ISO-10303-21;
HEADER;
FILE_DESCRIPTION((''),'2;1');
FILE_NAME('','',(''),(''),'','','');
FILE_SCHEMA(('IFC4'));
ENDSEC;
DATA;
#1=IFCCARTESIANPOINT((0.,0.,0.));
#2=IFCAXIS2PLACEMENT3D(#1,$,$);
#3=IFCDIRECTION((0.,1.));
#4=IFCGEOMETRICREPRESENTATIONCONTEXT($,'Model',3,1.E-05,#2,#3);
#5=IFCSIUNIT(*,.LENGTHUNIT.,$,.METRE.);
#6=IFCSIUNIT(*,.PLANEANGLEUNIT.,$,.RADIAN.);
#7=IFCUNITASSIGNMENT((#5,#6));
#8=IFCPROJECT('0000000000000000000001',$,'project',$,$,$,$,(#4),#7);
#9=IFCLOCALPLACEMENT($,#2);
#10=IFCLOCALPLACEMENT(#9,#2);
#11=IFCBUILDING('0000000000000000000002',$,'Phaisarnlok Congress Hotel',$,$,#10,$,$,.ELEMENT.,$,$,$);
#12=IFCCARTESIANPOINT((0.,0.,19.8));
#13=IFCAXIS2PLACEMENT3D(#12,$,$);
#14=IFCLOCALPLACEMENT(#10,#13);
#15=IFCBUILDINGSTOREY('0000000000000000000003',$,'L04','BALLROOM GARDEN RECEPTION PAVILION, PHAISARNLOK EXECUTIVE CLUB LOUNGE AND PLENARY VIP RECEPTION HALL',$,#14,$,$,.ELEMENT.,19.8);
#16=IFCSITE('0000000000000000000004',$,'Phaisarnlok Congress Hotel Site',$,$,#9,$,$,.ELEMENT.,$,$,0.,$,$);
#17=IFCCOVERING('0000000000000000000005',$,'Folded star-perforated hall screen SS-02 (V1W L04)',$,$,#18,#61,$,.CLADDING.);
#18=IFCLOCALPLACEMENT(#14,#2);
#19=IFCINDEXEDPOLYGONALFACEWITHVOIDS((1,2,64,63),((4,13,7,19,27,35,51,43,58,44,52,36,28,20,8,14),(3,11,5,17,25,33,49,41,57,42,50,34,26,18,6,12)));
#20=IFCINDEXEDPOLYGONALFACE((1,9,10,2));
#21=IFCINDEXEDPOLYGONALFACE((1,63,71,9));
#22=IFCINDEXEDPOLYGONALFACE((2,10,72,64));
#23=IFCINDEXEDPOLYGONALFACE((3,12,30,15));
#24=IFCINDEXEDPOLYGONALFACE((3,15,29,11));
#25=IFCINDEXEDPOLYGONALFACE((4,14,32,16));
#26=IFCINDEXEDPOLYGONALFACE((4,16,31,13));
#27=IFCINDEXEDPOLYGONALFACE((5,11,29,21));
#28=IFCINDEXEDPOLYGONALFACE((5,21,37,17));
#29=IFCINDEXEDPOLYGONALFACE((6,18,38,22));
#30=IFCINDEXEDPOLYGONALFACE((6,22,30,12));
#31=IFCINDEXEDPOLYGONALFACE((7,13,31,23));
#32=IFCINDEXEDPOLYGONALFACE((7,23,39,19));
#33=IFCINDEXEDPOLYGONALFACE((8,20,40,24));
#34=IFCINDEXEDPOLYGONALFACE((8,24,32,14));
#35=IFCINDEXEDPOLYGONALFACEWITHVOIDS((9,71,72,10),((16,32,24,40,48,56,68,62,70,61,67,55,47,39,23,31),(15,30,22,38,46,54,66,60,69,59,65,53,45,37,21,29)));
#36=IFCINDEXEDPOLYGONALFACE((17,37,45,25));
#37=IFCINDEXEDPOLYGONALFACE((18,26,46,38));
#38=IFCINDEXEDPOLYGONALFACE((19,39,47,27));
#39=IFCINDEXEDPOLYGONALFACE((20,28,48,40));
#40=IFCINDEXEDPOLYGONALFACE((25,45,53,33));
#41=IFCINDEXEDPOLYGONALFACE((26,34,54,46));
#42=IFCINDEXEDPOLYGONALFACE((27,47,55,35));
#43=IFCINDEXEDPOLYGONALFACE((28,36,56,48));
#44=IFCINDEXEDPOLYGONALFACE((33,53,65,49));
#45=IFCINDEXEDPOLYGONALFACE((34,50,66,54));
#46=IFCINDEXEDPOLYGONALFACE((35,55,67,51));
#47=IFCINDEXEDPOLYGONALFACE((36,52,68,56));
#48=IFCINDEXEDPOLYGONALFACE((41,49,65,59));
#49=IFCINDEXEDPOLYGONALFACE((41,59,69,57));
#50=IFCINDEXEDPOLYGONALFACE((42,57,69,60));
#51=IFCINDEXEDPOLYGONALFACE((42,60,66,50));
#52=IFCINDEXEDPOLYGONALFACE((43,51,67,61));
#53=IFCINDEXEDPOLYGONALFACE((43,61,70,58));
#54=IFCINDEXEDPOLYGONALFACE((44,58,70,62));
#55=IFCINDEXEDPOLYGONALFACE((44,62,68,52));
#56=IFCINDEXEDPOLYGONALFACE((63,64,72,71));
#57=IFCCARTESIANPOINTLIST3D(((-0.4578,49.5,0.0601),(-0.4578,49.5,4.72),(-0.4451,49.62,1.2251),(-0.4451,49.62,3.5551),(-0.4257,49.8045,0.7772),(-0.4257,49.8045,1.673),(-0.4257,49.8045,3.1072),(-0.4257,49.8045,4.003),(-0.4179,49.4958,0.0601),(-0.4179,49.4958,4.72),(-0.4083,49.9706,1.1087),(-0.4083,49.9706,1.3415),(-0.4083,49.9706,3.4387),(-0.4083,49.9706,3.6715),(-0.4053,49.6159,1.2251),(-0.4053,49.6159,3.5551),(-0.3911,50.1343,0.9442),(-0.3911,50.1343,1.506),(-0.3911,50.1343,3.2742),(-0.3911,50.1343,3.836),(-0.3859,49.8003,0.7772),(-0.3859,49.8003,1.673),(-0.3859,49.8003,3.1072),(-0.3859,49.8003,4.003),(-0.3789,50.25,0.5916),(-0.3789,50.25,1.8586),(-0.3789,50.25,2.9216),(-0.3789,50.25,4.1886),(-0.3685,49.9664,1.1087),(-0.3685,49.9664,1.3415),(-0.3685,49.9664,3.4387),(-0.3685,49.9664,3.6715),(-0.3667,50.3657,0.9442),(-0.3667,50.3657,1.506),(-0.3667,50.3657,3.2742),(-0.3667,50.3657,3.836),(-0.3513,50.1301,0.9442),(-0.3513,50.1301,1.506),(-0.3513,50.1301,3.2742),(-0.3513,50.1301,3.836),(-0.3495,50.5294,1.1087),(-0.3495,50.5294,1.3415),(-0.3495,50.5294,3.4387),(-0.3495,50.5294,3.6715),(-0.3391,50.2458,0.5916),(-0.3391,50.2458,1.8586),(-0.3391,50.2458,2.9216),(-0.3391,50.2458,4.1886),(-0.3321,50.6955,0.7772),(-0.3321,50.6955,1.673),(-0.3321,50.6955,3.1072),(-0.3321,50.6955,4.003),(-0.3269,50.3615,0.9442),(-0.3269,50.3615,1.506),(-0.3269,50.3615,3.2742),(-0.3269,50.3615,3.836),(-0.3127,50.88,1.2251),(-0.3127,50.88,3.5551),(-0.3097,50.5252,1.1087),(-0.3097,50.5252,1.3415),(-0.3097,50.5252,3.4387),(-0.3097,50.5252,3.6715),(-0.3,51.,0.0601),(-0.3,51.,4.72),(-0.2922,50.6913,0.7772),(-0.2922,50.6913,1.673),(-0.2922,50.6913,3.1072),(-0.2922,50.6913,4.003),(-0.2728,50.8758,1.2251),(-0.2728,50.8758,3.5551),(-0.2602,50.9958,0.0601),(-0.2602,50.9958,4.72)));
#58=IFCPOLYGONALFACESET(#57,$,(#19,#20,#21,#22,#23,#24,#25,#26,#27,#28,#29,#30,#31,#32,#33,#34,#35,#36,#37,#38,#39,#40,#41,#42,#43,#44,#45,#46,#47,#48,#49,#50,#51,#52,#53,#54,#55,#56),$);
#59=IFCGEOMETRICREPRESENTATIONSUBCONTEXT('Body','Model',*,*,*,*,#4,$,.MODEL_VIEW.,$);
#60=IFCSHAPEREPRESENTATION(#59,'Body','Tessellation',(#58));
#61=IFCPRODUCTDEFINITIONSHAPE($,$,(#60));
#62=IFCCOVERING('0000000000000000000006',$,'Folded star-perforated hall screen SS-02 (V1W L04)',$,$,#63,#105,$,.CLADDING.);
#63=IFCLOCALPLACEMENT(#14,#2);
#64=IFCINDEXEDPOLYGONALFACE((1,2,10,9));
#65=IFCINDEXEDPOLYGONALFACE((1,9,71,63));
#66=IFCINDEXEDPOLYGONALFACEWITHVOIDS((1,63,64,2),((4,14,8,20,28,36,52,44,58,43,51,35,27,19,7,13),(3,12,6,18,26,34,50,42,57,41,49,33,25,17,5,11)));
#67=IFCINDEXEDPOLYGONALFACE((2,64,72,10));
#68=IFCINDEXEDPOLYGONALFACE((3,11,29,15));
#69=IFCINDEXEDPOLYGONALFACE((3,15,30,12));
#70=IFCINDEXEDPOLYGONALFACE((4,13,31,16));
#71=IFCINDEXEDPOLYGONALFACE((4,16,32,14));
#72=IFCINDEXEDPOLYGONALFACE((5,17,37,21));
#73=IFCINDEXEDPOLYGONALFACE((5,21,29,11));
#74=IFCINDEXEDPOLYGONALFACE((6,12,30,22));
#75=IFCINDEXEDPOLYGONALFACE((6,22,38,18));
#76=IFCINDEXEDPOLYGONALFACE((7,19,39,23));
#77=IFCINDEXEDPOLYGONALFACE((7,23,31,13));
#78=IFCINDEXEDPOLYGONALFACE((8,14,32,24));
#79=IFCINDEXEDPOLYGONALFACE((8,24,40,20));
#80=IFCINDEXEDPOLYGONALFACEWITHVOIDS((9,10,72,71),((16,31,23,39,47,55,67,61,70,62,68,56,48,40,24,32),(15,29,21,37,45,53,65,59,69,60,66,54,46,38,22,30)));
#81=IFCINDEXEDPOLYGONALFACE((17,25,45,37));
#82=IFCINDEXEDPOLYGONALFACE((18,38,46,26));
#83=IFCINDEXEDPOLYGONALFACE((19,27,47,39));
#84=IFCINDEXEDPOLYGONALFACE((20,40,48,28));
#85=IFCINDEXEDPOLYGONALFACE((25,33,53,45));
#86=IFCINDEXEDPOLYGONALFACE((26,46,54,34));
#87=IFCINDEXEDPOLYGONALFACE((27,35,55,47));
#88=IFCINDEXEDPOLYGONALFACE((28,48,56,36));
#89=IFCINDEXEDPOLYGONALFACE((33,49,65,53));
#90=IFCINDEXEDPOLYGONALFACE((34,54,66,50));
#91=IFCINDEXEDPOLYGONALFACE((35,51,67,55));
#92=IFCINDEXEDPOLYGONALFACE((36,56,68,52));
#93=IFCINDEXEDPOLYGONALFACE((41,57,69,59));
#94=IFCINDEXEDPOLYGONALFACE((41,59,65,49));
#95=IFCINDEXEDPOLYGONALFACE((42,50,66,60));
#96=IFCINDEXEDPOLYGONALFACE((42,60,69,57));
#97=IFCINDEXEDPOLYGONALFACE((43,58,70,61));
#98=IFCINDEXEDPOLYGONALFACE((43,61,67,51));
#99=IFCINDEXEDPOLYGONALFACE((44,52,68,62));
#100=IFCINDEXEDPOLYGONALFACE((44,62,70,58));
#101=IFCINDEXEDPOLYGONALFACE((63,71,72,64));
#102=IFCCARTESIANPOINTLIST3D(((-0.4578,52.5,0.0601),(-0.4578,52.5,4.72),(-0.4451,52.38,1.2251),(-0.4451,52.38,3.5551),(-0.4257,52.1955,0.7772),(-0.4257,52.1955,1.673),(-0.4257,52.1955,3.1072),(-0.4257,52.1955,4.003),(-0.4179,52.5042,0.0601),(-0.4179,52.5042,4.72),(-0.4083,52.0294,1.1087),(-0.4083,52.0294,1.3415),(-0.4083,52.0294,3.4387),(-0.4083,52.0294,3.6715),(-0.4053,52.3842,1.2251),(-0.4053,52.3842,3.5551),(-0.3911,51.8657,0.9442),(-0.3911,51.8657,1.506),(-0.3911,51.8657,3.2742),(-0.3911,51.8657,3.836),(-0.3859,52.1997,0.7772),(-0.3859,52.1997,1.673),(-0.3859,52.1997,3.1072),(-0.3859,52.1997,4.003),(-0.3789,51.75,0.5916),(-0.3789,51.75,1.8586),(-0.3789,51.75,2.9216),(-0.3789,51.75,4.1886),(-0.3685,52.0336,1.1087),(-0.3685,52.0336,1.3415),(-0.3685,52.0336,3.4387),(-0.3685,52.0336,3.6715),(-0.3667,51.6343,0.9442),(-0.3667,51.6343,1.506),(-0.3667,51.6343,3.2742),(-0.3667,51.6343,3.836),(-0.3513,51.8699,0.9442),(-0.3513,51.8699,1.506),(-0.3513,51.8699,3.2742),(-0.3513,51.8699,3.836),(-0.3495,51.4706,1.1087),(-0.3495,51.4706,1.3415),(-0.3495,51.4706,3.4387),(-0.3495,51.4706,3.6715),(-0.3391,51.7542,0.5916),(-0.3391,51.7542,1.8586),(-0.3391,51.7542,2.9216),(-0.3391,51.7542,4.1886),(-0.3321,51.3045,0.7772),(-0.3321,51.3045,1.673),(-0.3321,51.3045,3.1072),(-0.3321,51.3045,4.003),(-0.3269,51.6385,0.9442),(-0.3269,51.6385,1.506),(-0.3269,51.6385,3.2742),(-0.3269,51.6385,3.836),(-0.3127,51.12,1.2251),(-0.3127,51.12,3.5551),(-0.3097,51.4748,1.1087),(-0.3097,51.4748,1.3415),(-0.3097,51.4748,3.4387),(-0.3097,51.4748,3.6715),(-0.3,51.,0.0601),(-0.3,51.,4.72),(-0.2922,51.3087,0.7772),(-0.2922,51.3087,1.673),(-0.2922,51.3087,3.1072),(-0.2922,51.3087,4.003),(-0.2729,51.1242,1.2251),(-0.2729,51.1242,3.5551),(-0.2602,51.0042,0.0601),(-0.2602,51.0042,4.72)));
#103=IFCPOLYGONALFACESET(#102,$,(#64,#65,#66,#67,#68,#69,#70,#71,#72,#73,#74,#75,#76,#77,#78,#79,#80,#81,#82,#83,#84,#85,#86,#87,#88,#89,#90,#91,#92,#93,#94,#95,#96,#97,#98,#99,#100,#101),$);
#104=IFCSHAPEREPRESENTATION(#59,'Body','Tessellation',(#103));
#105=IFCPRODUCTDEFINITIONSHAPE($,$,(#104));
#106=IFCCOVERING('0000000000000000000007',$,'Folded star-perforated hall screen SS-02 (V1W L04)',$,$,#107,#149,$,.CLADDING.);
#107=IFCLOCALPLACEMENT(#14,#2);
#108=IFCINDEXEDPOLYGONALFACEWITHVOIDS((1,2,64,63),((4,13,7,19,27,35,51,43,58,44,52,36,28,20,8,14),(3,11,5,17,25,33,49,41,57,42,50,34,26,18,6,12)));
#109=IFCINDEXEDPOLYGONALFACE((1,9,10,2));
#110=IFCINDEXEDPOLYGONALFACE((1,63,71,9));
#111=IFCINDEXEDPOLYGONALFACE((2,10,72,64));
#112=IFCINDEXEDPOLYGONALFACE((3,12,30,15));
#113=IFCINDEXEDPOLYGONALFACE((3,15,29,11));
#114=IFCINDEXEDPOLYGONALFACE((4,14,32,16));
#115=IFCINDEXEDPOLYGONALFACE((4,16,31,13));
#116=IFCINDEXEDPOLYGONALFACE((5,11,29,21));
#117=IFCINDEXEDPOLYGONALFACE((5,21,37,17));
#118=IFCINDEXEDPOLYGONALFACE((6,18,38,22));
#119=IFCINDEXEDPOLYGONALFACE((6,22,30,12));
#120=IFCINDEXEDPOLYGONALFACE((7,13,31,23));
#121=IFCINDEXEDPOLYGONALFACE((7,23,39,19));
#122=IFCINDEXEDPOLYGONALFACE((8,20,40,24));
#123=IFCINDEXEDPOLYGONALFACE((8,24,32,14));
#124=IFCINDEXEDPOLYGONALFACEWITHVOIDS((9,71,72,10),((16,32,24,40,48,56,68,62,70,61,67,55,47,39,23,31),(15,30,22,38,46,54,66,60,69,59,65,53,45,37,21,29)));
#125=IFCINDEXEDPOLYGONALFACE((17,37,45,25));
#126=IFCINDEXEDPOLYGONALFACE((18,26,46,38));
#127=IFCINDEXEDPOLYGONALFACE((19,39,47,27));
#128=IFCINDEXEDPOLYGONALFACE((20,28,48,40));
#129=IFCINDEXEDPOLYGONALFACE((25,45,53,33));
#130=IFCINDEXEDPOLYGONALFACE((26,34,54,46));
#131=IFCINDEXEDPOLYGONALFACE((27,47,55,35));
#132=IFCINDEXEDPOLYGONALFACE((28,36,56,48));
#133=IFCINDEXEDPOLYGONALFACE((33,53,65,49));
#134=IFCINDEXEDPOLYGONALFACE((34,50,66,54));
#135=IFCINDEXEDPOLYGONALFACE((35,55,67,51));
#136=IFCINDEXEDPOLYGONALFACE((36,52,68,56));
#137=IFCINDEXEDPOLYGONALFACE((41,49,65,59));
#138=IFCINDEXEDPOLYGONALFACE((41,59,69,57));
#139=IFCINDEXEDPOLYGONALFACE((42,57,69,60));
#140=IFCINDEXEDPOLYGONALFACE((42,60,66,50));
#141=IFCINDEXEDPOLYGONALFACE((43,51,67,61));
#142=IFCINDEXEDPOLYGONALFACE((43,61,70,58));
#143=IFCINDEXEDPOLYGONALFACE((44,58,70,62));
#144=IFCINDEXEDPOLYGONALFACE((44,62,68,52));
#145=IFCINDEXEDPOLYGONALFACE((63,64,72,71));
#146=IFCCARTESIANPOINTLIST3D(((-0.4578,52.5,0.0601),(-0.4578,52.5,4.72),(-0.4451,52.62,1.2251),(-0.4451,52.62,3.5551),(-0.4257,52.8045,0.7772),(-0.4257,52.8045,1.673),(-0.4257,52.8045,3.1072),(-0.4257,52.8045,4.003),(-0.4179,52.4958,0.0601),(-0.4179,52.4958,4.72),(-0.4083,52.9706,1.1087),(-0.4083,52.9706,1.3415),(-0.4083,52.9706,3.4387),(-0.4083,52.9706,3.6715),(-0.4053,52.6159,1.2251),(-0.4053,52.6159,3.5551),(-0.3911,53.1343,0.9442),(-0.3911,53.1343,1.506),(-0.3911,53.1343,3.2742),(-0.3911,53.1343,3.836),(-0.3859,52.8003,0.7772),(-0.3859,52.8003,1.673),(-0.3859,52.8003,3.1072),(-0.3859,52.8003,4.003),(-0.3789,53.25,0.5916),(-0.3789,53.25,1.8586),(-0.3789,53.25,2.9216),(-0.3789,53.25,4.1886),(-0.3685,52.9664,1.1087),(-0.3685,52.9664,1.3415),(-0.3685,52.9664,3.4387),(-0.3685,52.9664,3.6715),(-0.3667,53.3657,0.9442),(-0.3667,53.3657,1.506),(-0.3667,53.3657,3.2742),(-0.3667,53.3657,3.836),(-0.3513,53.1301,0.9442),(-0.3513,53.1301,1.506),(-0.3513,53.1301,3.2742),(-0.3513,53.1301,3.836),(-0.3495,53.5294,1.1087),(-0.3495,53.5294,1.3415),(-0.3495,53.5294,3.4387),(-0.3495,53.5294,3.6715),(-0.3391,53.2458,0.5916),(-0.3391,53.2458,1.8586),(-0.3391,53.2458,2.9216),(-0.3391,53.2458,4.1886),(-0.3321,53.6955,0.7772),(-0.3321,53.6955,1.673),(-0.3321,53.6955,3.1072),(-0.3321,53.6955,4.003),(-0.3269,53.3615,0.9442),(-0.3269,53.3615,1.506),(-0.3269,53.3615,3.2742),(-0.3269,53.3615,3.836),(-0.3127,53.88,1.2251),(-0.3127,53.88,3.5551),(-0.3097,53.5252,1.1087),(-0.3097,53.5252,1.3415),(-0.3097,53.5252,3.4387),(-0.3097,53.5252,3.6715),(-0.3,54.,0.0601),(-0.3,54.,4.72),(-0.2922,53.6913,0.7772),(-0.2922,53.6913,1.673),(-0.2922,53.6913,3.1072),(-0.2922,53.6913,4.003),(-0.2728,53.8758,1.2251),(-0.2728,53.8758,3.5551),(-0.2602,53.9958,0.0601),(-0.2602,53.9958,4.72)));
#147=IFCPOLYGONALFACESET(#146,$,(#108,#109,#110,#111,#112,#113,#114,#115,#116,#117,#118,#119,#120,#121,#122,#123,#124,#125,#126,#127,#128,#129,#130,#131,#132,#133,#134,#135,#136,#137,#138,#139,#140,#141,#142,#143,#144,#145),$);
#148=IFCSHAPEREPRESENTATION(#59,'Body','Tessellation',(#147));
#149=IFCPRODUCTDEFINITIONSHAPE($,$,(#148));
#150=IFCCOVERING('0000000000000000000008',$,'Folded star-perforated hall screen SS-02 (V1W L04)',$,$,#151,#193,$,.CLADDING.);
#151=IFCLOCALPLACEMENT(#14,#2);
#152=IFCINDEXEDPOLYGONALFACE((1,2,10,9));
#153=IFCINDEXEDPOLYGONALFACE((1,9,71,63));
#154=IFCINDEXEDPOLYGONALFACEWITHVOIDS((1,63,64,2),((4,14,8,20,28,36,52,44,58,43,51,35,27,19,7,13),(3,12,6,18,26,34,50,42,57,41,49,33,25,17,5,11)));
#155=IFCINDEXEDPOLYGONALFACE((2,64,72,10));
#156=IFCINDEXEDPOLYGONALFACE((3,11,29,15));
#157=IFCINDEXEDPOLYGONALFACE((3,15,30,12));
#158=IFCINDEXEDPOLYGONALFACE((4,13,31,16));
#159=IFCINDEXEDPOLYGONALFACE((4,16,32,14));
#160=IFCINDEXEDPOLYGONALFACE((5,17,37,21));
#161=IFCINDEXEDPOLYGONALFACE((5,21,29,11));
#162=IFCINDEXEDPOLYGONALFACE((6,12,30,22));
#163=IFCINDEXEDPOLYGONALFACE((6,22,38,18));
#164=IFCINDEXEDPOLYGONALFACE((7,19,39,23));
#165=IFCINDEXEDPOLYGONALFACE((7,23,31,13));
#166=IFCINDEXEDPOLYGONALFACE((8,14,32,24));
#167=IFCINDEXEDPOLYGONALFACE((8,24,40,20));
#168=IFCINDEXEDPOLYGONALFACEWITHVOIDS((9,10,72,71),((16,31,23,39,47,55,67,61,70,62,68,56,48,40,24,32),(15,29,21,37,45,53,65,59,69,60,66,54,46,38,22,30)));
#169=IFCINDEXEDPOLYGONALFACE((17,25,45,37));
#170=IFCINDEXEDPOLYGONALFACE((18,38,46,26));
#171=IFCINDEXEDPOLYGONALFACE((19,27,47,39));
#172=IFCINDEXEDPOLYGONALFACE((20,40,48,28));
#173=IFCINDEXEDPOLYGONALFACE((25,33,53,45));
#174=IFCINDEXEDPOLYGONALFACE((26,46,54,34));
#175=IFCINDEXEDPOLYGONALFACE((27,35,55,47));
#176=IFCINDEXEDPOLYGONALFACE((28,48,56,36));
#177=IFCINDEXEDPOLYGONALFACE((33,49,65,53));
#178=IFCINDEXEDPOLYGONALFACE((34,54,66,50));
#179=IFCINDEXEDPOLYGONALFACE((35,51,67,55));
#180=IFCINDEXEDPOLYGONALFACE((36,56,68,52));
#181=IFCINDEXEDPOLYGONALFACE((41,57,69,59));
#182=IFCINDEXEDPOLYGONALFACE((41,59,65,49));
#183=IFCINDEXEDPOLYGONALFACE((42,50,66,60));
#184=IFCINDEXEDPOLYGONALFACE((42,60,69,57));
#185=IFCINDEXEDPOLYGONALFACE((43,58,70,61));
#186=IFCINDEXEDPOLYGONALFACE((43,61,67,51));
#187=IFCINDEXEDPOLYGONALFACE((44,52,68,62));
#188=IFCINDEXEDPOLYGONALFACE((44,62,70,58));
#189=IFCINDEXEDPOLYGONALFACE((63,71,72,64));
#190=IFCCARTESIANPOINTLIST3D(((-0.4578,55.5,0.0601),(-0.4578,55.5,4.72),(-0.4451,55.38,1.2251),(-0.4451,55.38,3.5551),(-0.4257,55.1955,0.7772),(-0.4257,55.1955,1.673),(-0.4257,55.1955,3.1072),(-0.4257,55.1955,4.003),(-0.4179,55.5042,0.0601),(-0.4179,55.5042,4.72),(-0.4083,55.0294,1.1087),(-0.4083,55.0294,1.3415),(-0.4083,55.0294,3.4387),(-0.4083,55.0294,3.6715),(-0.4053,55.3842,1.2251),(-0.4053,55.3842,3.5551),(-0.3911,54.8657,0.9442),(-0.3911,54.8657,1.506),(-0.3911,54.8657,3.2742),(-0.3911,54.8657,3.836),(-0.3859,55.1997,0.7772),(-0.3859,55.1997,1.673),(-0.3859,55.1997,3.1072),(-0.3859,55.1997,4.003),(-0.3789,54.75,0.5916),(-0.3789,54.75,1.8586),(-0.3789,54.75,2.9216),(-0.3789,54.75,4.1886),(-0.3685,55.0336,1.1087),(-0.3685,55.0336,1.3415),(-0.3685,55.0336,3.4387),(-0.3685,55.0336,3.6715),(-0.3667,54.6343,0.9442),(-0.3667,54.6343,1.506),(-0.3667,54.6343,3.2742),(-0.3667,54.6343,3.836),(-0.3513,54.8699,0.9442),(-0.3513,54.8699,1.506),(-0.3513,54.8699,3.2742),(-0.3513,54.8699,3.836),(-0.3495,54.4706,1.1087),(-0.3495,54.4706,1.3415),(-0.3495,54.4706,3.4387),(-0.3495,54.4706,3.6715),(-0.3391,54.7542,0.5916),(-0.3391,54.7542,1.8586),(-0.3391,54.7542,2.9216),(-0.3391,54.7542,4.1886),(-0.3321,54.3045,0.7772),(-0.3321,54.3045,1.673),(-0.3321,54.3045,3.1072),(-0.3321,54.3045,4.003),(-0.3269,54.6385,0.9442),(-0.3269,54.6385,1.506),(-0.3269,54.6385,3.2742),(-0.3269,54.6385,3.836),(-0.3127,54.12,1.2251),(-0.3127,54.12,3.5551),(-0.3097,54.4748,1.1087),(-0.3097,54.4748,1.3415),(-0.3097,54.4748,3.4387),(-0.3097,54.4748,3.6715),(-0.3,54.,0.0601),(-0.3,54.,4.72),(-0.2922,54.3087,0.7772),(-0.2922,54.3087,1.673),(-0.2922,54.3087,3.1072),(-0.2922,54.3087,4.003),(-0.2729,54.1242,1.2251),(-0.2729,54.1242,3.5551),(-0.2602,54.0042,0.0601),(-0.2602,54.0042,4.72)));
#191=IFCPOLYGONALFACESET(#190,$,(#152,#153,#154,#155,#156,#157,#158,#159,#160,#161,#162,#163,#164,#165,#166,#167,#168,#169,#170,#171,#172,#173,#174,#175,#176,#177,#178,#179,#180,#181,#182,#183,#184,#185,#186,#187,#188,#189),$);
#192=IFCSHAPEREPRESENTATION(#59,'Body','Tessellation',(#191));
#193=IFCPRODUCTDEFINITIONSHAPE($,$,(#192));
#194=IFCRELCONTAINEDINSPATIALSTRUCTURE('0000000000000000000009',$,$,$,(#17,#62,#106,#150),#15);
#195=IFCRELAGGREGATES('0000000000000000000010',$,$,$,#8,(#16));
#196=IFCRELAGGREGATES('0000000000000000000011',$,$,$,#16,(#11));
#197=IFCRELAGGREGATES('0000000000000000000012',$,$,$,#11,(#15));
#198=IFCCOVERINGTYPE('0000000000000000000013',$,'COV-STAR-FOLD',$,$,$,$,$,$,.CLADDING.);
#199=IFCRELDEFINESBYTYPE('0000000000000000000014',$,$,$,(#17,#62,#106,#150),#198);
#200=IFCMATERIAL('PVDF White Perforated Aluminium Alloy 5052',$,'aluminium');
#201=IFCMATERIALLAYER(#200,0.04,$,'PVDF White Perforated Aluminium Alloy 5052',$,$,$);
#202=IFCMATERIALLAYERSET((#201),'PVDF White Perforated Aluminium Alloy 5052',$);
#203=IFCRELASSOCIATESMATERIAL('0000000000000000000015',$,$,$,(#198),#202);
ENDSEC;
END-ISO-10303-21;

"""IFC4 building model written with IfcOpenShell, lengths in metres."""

from ifc_helpers import new_model, si_unit, direction, frame, origin, place, context, subcontext, project, spatial, polyline, outline, extrude, material, layer, layer_set, type_object, element, save


model = new_model("IFC4")

# Units and contexts
model_context = context("Model", 3, precision=1e-05, world=origin(), true_north=direction((0.0, 1.0)))
body_context = subcontext(model_context, "Body", "Model", "MODEL_VIEW")
ifc_project = project(units=[si_unit("LENGTHUNIT", "METRE"), si_unit("PLANEANGLEUNIT", "RADIAN")], contexts=[model_context])

# Site, building, storey
site_placement = place(None, origin())
site = spatial("IfcSite", under=ifc_project, at=site_placement, Name="Phaisarnlok Congress Hotel Site", CompositionType="ELEMENT", RefElevation=0.0)
building_placement = place(site_placement, origin())
building = spatial("IfcBuilding", under=site, at=building_placement, Name="Phaisarnlok Congress Hotel", CompositionType="ELEMENT")
storey_placement = place(building_placement, frame((0.0, 0.0, 19.8)))
storey = spatial("IfcBuildingStorey", under=building, at=storey_placement, Name="L04", Description="BALLROOM GARDEN RECEPTION PAVILION, PHAISARNLOK EXECUTIVE CLUB LOUNGE AND PLENARY VIP RECEPTION HALL", CompositionType="ELEMENT", Elevation=19.8)

# Coverings
ifc_material_1 = material(Name="PVDF White Perforated Aluminium Alloy 5052", Category="aluminium")
ifc_layer_1 = layer(ifc_material_1, 0.04, Name="PVDF White Perforated Aluminium Alloy 5052")
ifc_layer_set_1 = layer_set([ifc_layer_1], Name="PVDF White Perforated Aluminium Alloy 5052")
covering_type = type_object("IfcCoveringType", Name="COV-STAR-FOLD", PredefinedType="CLADDING", material=ifc_layer_set_1)
for number, where, z_axis, x_axis, name in (
    (1, (-0.4578, 49.5, 0.0601), (0.994518, -0.104567, 0.0), (0.104567, 0.994518, 0.0), "Folded star-perforated hall screen SS-02 (V1W L04)"),
    (2, (-0.3, 51.0, 0.0601), (0.994518, 0.104567, 0.0), (-0.104567, 0.994518, 0.0), "Folded star-perforated hall screen SS-02 (V1W L04)"),
    (3, (-0.4578, 52.5, 0.0601), (0.994518, -0.104567, 0.0), (0.104567, 0.994518, 0.0), "Folded star-perforated hall screen SS-02 (V1W L04)"),
    (4, (-0.3, 54.0, 0.0601), (0.994518, 0.104567, 0.0), (-0.104567, 0.994518, 0.0), "Folded star-perforated hall screen SS-02 (V1W L04)"),
):
    element("IfcCovering", number, at=place(storey_placement, frame(where, z_axis=z_axis, x_axis=x_axis)), inside=storey, type_object=covering_type, Name=name, PredefinedType="CLADDING", context=body_context, shape_type="SweptSolid", body=[
        extrude(outline(polyline([(0.0, 0.0), (1.5083, 0.0), (1.5083, 4.6599), (0.0, 4.6599), (0.0, 0.0)]), holes=[polyline([(1.0351, 1.0486), (1.2021, 0.7171), (0.8705, 0.8841), (0.7541, 0.5315), (0.6378, 0.8841), (0.3062, 0.7171), (0.4732, 1.0486), (0.1207, 1.165), (0.4732, 1.2814), (0.3062, 1.6129), (0.6378, 1.4459), (0.7541, 1.7985), (0.8705, 1.4459), (1.2021, 1.6129), (1.0351, 1.2814), (1.3876, 1.165), (1.0351, 1.0486)]), polyline([(1.0351, 3.3786), (1.2021, 3.0471), (0.8705, 3.2141), (0.7541, 2.8615), (0.6378, 3.2141), (0.3062, 3.0471), (0.4732, 3.3786), (0.1207, 3.495), (0.4732, 3.6114), (0.3062, 3.9429), (0.6378, 3.7759), (0.7541, 4.1285), (0.8705, 3.7759), (1.2021, 3.9429), (1.0351, 3.6114), (1.3876, 3.495), (1.0351, 3.3786)])]), origin(), (0.0, 0.0, 1.0), 0.04),
    ])

save(model, "model.ifc")
